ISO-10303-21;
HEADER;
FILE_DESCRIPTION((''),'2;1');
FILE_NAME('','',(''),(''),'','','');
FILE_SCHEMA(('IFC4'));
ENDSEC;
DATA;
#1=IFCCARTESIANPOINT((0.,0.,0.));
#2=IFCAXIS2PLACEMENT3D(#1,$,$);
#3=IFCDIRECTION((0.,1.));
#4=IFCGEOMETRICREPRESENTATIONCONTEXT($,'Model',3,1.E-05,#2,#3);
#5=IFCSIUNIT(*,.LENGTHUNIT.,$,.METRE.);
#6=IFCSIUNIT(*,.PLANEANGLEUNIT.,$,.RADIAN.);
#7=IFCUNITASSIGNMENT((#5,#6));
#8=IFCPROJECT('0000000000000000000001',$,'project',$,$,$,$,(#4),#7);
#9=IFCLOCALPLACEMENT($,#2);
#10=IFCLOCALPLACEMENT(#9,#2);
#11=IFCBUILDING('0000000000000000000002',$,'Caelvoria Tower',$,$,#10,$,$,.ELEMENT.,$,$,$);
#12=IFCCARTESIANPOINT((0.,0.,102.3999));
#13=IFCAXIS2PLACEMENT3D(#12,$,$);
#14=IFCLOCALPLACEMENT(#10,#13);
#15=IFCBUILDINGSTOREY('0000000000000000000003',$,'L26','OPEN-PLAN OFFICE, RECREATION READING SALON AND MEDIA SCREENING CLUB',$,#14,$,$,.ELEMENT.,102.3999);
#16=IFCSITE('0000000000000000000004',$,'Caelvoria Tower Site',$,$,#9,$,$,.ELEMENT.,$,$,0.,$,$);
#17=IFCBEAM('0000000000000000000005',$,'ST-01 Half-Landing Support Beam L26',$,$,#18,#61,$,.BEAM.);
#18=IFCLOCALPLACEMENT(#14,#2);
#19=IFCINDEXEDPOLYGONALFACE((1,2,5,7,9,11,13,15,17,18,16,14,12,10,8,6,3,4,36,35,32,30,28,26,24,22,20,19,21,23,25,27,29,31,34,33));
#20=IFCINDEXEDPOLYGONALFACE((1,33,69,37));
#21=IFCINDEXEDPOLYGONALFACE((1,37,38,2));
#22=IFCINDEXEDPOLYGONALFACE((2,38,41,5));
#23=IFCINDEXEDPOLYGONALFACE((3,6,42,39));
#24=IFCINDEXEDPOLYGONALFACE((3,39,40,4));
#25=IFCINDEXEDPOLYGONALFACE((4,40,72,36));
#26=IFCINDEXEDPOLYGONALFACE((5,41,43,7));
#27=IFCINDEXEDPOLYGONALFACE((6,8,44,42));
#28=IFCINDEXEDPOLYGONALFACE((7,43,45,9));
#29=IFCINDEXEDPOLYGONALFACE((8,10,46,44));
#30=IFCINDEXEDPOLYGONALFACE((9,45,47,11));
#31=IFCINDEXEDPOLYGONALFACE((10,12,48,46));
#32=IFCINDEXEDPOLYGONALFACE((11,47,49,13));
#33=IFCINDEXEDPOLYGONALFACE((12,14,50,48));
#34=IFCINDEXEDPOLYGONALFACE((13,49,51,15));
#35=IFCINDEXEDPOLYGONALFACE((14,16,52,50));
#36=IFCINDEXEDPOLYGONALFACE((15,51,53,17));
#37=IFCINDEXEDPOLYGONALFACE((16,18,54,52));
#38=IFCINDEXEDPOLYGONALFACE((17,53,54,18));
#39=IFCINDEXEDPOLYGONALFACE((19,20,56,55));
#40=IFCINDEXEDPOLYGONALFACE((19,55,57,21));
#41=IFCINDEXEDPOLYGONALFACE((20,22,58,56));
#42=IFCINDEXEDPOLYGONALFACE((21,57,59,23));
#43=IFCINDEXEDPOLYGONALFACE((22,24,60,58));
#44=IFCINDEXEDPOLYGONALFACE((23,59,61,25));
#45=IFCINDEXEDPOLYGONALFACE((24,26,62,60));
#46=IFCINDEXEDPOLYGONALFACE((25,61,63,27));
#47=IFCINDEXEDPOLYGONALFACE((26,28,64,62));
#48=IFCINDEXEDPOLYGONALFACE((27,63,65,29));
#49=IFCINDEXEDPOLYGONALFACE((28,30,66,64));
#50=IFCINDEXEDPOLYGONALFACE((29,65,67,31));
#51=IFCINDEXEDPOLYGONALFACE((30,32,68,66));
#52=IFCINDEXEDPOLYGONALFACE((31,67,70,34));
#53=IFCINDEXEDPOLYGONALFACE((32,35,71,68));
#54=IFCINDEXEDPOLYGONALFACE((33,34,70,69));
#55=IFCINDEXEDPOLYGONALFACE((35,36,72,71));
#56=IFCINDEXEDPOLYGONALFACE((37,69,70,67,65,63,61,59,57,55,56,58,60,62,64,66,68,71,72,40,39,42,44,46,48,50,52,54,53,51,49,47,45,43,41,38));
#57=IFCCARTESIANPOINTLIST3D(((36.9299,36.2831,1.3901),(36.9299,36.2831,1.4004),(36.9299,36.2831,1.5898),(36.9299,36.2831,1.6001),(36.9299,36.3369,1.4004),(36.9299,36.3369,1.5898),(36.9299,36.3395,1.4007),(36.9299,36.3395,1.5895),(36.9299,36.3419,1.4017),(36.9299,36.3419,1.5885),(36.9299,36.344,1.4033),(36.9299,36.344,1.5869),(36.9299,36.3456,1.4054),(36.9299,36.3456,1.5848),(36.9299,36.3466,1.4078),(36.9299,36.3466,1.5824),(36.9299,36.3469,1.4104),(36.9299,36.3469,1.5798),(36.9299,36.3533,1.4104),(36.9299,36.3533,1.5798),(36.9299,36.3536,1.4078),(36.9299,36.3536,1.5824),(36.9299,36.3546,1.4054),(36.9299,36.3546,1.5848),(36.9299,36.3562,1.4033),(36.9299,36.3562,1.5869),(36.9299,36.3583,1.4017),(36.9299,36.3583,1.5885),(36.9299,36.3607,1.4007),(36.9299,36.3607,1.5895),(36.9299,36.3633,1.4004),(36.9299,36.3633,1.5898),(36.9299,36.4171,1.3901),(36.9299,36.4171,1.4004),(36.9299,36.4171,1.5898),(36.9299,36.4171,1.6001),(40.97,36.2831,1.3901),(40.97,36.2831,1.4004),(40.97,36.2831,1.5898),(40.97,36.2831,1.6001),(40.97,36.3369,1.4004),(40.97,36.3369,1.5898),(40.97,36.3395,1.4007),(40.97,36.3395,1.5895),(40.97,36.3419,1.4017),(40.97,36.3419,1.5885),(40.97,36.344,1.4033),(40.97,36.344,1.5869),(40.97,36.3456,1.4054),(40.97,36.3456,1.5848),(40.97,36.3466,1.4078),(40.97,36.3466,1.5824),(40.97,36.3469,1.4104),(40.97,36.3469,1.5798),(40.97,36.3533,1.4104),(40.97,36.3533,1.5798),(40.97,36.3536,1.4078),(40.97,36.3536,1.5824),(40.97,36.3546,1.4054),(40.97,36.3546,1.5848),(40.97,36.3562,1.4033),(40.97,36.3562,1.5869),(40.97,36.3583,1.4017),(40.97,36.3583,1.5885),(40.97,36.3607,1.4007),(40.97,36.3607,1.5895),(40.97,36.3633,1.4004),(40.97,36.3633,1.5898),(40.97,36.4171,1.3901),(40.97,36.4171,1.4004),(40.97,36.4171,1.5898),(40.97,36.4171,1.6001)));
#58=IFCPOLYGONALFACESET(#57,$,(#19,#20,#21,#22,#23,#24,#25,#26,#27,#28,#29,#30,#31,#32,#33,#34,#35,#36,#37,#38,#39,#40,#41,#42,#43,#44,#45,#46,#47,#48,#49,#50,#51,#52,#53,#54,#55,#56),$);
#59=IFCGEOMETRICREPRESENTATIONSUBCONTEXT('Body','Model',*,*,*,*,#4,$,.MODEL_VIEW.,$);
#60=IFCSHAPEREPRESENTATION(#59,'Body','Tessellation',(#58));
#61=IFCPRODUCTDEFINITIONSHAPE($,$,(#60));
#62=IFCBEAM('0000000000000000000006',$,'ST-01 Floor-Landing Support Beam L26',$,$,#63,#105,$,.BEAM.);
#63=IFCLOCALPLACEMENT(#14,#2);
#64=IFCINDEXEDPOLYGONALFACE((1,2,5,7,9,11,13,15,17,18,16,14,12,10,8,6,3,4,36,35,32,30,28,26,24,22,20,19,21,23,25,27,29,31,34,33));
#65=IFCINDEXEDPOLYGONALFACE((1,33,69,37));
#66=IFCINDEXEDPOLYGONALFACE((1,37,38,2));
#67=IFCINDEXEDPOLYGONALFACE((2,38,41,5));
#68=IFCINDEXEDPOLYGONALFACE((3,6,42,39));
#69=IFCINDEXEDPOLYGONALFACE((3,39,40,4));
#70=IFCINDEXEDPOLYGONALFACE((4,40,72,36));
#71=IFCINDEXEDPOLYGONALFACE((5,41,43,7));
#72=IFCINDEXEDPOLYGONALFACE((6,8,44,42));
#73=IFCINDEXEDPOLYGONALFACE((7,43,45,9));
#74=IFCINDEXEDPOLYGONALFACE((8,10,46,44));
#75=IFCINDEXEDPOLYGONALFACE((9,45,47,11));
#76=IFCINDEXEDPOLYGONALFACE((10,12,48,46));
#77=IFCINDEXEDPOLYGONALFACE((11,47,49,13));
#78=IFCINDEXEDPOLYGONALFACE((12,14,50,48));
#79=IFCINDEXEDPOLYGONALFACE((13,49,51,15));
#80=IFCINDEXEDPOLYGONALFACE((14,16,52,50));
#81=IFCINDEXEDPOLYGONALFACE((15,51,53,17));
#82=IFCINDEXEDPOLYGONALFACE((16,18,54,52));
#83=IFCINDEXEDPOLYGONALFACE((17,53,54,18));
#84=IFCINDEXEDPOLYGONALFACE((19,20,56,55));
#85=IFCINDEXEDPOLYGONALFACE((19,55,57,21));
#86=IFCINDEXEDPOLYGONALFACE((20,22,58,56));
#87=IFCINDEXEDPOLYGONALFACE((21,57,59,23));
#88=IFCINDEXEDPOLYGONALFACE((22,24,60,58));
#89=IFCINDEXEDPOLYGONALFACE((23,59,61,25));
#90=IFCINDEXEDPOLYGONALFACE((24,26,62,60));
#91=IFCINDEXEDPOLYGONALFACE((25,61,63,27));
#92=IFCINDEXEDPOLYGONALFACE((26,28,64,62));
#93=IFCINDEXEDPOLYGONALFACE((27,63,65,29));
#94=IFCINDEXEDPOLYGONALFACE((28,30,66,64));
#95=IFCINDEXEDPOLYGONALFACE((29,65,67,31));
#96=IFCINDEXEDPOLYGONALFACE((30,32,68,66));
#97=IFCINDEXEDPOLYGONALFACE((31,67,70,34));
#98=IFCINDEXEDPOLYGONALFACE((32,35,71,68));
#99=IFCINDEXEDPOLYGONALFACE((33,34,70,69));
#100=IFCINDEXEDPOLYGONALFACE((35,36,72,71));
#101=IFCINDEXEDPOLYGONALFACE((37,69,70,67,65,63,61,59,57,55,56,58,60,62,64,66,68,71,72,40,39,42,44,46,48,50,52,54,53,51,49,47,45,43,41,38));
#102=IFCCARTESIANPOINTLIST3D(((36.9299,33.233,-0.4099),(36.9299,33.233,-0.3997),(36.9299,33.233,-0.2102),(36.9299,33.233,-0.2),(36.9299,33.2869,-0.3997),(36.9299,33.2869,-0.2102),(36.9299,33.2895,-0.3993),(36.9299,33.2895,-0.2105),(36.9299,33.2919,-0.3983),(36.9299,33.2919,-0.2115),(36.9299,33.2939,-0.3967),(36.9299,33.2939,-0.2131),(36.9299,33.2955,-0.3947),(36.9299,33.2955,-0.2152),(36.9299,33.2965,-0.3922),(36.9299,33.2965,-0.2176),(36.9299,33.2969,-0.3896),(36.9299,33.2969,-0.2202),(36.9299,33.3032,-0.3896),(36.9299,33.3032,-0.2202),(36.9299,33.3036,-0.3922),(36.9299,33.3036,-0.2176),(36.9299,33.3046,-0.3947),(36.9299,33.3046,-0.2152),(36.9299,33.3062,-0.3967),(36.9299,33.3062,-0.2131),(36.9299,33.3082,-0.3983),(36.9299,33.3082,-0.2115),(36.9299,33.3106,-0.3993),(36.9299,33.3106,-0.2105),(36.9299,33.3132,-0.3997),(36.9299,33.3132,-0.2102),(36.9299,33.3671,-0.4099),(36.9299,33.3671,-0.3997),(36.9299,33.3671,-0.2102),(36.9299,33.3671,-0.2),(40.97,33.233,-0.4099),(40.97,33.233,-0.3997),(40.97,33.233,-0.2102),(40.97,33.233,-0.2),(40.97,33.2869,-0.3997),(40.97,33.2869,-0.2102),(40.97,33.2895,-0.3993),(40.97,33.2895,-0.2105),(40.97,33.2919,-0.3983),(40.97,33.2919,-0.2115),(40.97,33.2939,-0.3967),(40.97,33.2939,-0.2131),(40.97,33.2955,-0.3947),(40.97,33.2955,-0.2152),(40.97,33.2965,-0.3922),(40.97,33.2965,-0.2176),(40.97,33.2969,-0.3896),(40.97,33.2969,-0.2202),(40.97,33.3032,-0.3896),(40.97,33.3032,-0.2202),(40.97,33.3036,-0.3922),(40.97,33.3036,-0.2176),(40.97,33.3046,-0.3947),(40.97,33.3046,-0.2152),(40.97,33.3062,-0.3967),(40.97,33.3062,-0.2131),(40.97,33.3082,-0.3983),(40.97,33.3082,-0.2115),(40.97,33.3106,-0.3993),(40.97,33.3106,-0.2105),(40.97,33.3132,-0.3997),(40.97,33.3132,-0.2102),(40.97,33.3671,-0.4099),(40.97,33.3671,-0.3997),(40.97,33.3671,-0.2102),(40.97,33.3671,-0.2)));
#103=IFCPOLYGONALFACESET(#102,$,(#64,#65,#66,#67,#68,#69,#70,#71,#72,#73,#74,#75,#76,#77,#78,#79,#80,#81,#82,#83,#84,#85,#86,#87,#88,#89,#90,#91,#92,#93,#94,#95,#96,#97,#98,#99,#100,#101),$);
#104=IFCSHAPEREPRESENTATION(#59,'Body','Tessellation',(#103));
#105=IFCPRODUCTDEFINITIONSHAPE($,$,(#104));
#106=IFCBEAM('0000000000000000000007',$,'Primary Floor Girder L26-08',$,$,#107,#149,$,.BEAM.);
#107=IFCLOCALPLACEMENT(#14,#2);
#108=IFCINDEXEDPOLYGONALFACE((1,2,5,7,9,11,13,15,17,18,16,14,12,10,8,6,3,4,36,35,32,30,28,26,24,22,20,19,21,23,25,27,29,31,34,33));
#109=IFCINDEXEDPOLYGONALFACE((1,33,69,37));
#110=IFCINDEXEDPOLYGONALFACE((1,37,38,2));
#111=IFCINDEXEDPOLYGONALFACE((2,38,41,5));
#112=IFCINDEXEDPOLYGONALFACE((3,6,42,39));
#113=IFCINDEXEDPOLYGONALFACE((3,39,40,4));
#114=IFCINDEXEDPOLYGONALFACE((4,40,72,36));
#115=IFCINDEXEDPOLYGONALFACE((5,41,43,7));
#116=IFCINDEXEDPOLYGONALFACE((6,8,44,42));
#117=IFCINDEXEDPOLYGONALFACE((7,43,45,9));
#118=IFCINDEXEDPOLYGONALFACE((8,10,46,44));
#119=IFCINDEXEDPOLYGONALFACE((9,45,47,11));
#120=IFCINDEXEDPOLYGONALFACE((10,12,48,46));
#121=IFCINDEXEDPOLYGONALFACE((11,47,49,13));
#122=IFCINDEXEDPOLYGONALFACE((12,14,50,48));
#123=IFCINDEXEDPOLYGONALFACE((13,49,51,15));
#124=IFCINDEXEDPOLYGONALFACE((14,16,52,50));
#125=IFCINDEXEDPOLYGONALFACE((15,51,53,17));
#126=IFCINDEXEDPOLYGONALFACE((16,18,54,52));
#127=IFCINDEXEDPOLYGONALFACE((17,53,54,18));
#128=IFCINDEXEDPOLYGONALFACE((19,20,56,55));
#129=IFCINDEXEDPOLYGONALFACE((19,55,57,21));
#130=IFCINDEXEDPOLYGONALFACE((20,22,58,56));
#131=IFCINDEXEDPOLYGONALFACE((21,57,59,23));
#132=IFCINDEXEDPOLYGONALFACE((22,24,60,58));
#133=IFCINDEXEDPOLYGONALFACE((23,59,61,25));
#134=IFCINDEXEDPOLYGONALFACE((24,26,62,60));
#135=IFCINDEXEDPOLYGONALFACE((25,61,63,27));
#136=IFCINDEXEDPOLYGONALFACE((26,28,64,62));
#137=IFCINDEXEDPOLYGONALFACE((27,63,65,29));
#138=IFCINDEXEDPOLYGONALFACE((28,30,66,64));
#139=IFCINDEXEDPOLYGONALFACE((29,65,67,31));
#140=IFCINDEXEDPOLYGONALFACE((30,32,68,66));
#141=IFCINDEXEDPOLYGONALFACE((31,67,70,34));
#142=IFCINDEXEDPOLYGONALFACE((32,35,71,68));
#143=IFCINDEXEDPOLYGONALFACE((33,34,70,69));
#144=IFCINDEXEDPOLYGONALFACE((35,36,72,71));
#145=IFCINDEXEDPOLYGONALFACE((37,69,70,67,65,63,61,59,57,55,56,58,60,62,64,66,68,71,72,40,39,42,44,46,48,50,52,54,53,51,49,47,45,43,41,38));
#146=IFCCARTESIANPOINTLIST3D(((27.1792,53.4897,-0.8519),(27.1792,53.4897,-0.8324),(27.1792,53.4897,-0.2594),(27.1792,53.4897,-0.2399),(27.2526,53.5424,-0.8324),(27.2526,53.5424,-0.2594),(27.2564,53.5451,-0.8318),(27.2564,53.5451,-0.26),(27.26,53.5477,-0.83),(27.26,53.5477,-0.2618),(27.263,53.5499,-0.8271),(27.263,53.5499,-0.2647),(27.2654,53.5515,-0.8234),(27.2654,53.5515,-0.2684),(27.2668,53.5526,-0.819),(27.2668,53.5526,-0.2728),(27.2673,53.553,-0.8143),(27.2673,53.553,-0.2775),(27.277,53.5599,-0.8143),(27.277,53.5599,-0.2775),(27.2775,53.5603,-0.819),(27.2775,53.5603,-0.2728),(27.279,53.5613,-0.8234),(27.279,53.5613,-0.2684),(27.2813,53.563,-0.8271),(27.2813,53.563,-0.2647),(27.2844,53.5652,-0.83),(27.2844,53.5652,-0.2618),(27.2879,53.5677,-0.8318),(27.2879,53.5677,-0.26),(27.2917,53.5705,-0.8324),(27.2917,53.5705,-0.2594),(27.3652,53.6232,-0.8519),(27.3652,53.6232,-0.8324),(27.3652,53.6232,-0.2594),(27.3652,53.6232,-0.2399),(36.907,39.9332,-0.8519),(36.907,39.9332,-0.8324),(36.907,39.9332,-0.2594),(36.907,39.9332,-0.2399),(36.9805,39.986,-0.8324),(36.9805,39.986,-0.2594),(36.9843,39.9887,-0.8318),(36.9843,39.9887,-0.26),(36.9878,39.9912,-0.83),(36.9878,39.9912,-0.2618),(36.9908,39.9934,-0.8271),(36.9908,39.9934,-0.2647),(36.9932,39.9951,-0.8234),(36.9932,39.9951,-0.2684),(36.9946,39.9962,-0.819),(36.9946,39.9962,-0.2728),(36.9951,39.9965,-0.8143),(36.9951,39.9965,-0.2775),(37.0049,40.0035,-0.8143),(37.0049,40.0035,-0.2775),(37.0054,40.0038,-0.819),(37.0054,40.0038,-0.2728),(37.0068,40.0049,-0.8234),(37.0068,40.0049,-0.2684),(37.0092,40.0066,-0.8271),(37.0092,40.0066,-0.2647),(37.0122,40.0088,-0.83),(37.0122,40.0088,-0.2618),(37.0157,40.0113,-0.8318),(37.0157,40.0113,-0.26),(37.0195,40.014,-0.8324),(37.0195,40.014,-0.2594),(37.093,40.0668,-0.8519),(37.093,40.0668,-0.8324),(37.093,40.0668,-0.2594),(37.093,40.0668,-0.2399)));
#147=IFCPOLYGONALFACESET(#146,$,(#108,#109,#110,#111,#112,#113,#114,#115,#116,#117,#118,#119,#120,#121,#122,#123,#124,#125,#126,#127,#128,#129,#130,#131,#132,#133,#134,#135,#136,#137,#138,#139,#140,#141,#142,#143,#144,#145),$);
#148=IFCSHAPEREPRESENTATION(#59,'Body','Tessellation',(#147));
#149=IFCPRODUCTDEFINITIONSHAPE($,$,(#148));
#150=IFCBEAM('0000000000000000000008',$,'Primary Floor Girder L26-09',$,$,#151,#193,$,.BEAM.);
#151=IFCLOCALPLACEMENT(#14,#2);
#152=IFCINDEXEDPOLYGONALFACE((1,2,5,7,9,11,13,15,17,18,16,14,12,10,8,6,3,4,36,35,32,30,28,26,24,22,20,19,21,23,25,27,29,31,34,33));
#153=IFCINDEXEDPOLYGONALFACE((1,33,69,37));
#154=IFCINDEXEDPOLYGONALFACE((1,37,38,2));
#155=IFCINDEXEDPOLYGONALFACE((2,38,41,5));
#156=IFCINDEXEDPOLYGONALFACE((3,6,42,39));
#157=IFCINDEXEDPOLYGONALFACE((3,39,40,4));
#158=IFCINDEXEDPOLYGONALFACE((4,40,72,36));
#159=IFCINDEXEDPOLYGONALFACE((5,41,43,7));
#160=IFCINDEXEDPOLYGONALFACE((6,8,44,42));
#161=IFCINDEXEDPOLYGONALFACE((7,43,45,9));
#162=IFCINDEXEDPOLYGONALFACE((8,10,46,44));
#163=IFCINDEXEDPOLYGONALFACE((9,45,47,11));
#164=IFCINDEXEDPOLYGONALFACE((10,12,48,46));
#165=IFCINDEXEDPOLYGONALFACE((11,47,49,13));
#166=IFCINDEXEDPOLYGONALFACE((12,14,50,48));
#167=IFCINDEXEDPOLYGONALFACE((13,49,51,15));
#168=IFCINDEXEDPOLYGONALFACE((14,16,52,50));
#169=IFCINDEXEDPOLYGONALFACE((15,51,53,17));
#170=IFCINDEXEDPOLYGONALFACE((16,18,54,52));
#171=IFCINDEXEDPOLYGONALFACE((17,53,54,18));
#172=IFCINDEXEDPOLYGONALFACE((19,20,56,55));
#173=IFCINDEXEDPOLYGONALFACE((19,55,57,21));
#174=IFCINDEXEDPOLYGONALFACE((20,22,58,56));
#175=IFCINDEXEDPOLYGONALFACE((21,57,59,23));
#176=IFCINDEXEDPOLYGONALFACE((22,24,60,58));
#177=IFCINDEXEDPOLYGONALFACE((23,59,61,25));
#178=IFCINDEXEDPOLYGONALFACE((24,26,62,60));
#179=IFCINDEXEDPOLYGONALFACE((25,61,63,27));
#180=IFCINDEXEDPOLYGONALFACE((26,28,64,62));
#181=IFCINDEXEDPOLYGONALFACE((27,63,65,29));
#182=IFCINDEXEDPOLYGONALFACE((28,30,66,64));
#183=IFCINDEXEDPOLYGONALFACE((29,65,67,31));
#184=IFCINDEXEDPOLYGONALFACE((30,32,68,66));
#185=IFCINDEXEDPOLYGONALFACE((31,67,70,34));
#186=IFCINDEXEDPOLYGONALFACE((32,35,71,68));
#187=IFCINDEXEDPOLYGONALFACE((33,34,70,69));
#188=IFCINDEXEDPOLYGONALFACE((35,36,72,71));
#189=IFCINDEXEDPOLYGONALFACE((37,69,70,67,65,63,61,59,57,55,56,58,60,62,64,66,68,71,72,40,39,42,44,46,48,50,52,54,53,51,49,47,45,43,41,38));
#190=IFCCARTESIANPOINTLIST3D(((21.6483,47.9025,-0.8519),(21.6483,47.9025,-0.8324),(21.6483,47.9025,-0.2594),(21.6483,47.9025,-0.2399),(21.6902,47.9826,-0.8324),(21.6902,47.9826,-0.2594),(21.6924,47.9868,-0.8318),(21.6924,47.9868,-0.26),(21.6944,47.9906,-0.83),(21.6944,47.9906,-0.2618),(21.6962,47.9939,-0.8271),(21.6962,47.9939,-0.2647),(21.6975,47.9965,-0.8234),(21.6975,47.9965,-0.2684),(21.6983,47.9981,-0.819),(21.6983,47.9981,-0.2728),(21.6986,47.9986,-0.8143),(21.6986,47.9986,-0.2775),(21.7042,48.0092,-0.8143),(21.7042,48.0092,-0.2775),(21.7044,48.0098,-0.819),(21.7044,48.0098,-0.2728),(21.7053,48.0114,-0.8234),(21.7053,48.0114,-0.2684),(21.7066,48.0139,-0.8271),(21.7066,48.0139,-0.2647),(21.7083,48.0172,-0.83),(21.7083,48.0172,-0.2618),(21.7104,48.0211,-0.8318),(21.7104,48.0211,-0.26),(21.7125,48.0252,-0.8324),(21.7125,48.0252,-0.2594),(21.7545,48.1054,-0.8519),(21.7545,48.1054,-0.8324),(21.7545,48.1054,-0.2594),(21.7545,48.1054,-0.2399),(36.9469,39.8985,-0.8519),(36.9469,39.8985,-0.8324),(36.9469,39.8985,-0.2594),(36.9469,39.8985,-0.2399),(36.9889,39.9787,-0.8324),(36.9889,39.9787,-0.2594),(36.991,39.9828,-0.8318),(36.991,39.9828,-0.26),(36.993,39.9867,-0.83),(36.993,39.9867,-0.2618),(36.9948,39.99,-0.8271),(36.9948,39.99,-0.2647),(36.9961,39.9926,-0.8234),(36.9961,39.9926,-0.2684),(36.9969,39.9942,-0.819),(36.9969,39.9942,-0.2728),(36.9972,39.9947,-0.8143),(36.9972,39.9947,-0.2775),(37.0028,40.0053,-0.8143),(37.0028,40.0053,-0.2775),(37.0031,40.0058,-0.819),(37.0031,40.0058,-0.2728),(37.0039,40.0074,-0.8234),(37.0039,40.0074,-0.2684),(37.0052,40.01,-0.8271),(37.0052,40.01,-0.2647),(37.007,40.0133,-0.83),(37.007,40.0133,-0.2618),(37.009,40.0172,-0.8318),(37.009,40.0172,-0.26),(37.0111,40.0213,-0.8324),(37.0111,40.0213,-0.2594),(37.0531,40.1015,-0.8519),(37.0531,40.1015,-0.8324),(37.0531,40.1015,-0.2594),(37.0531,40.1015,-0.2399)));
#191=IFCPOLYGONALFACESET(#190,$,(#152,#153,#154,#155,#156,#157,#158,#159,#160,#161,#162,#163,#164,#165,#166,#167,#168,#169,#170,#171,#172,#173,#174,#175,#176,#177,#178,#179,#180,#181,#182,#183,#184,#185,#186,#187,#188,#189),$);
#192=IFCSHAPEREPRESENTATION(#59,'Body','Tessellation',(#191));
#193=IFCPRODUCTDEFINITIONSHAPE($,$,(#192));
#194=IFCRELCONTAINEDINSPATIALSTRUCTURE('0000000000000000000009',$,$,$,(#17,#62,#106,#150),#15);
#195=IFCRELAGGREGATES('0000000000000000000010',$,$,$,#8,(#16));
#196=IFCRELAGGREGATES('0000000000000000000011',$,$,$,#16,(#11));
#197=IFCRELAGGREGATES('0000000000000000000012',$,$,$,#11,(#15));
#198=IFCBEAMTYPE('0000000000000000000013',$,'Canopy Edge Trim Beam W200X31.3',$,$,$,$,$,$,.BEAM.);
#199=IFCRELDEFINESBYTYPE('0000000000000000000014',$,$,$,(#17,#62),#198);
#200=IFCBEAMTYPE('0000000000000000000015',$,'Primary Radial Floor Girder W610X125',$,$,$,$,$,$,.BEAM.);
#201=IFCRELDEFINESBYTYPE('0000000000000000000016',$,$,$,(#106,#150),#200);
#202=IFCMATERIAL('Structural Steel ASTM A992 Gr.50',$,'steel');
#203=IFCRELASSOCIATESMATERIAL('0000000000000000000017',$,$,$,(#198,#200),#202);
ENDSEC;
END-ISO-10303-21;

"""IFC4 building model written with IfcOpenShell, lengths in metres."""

from ifc_helpers import new_model, si_unit, direction, frame, origin, origin_2d, place, context, subcontext, project, spatial, i_section, extrude, material, material_profile, profile_set, type_object, element, save


model = new_model("IFC4")

# Units and contexts
model_context = context("Model", 3, precision=1e-05, world=origin(), true_north=direction((0.0, 1.0)))
body_context = subcontext(model_context, "Body", "Model", "MODEL_VIEW")
ifc_project = project(units=[si_unit("LENGTHUNIT", "METRE"), si_unit("PLANEANGLEUNIT", "RADIAN")], contexts=[model_context])

# Site, building, storey
site_placement = place(None, origin())
site = spatial("IfcSite", under=ifc_project, at=site_placement, Name="Caelvoria Tower Site", CompositionType="ELEMENT", RefElevation=0.0)
building_placement = place(site_placement, origin())
building = spatial("IfcBuilding", under=site, at=building_placement, Name="Caelvoria Tower", CompositionType="ELEMENT")
storey_placement = place(building_placement, frame((0.0, 0.0, 102.3999)))
storey = spatial("IfcBuildingStorey", under=building, at=storey_placement, Name="L26", Description="OPEN-PLAN OFFICE, RECREATION READING SALON AND MEDIA SCREENING CLUB", CompositionType="ELEMENT", Elevation=102.3999)

# Beams
ifc_material_1 = material(Name="Structural Steel ASTM A992 Gr.50", Category="steel")
ifc_material_profile_1 = material_profile(ifc_material_1, i_section(OverallWidth=0.134, OverallDepth=0.21, WebThickness=0.0063, FlangeThickness=0.0103, FilletRadius=0.01, at=origin_2d()), Name="Structural Steel ASTM A992 Gr.50")
ifc_profile_set_1 = profile_set([ifc_material_profile_1], Name="W200X31.3 - Structural Steel ASTM A992 Gr.50")
beam_type_1 = type_object("IfcBeamType", Name="Canopy Edge Trim Beam W200X31.3", PredefinedType="BEAM", material=ifc_profile_set_1)
for number, where, z_axis, x_axis, name in (
    (1, (36.9299, 36.3501, 1.4951), (1.0, 0.0, 0.0), (0.0, 1.0, 0.0), "ST-01 Half-Landing Support Beam L26"),
    (2, (36.9299, 33.3, -0.3049), (1.0, 0.0, 0.0), (0.0, 1.0, 0.0), "ST-01 Floor-Landing Support Beam L26"),
):
    element("IfcBeam", number, at=place(storey_placement, frame(where, z_axis=z_axis, x_axis=x_axis)), inside=storey, type_object=beam_type_1, Name=name, PredefinedType="BEAM", context=body_context, shape_type="SweptSolid", body=[
        extrude(i_section(OverallWidth=0.134, OverallDepth=0.21, WebThickness=0.0063, FlangeThickness=0.0103, FilletRadius=0.01, at=origin_2d()), origin(), (0.0, 0.0, 1.0), 4.04),
    ])
ifc_material_profile_2 = material_profile(ifc_material_1, i_section(OverallWidth=0.229, OverallDepth=0.6121, WebThickness=0.012, FlangeThickness=0.0195, FilletRadius=0.0181, at=origin_2d()), Name="Structural Steel ASTM A992 Gr.50")
ifc_profile_set_2 = profile_set([ifc_material_profile_2], Name="W610X125 - Structural Steel ASTM A992 Gr.50")
beam_type_2 = type_object("IfcBeamType", Name="Primary Radial Floor Girder W610X125", PredefinedType="BEAM", material=ifc_profile_set_2)
beam_1_placement = place(storey_placement, frame((37.0, 40.0, -0.5459), z_axis=(-0.583008, 0.812466, 0.0), x_axis=(-0.812466, -0.583008, 0.0)))
element("IfcBeam", 3, at=beam_1_placement, inside=storey, type_object=beam_type_2, Name="Primary Floor Girder L26-08", PredefinedType="BEAM", context=body_context, shape_type="SweptSolid", body=[
    extrude(i_section(OverallWidth=0.229, OverallDepth=0.6121, WebThickness=0.012, FlangeThickness=0.0195, FilletRadius=0.0181, at=origin_2d()), origin(), (0.0, 0.0, 1.0), 16.6855),
])
beam_2_placement = place(storey_placement, frame((37.0, 40.0, -0.5459), z_axis=(-0.886061, 0.463569, 0.0), x_axis=(-0.463569, -0.886061, 0.0)))
element("IfcBeam", 4, at=beam_2_placement, inside=storey, type_object=beam_type_2, Name="Primary Floor Girder L26-09", PredefinedType="BEAM", context=body_context, shape_type="SweptSolid", body=[
    extrude(i_section(OverallWidth=0.229, OverallDepth=0.6121, WebThickness=0.012, FlangeThickness=0.0195, FilletRadius=0.0181, at=origin_2d()), origin(), (0.0, 0.0, 1.0), 17.2659),
])

save(model, "model.ifc")
